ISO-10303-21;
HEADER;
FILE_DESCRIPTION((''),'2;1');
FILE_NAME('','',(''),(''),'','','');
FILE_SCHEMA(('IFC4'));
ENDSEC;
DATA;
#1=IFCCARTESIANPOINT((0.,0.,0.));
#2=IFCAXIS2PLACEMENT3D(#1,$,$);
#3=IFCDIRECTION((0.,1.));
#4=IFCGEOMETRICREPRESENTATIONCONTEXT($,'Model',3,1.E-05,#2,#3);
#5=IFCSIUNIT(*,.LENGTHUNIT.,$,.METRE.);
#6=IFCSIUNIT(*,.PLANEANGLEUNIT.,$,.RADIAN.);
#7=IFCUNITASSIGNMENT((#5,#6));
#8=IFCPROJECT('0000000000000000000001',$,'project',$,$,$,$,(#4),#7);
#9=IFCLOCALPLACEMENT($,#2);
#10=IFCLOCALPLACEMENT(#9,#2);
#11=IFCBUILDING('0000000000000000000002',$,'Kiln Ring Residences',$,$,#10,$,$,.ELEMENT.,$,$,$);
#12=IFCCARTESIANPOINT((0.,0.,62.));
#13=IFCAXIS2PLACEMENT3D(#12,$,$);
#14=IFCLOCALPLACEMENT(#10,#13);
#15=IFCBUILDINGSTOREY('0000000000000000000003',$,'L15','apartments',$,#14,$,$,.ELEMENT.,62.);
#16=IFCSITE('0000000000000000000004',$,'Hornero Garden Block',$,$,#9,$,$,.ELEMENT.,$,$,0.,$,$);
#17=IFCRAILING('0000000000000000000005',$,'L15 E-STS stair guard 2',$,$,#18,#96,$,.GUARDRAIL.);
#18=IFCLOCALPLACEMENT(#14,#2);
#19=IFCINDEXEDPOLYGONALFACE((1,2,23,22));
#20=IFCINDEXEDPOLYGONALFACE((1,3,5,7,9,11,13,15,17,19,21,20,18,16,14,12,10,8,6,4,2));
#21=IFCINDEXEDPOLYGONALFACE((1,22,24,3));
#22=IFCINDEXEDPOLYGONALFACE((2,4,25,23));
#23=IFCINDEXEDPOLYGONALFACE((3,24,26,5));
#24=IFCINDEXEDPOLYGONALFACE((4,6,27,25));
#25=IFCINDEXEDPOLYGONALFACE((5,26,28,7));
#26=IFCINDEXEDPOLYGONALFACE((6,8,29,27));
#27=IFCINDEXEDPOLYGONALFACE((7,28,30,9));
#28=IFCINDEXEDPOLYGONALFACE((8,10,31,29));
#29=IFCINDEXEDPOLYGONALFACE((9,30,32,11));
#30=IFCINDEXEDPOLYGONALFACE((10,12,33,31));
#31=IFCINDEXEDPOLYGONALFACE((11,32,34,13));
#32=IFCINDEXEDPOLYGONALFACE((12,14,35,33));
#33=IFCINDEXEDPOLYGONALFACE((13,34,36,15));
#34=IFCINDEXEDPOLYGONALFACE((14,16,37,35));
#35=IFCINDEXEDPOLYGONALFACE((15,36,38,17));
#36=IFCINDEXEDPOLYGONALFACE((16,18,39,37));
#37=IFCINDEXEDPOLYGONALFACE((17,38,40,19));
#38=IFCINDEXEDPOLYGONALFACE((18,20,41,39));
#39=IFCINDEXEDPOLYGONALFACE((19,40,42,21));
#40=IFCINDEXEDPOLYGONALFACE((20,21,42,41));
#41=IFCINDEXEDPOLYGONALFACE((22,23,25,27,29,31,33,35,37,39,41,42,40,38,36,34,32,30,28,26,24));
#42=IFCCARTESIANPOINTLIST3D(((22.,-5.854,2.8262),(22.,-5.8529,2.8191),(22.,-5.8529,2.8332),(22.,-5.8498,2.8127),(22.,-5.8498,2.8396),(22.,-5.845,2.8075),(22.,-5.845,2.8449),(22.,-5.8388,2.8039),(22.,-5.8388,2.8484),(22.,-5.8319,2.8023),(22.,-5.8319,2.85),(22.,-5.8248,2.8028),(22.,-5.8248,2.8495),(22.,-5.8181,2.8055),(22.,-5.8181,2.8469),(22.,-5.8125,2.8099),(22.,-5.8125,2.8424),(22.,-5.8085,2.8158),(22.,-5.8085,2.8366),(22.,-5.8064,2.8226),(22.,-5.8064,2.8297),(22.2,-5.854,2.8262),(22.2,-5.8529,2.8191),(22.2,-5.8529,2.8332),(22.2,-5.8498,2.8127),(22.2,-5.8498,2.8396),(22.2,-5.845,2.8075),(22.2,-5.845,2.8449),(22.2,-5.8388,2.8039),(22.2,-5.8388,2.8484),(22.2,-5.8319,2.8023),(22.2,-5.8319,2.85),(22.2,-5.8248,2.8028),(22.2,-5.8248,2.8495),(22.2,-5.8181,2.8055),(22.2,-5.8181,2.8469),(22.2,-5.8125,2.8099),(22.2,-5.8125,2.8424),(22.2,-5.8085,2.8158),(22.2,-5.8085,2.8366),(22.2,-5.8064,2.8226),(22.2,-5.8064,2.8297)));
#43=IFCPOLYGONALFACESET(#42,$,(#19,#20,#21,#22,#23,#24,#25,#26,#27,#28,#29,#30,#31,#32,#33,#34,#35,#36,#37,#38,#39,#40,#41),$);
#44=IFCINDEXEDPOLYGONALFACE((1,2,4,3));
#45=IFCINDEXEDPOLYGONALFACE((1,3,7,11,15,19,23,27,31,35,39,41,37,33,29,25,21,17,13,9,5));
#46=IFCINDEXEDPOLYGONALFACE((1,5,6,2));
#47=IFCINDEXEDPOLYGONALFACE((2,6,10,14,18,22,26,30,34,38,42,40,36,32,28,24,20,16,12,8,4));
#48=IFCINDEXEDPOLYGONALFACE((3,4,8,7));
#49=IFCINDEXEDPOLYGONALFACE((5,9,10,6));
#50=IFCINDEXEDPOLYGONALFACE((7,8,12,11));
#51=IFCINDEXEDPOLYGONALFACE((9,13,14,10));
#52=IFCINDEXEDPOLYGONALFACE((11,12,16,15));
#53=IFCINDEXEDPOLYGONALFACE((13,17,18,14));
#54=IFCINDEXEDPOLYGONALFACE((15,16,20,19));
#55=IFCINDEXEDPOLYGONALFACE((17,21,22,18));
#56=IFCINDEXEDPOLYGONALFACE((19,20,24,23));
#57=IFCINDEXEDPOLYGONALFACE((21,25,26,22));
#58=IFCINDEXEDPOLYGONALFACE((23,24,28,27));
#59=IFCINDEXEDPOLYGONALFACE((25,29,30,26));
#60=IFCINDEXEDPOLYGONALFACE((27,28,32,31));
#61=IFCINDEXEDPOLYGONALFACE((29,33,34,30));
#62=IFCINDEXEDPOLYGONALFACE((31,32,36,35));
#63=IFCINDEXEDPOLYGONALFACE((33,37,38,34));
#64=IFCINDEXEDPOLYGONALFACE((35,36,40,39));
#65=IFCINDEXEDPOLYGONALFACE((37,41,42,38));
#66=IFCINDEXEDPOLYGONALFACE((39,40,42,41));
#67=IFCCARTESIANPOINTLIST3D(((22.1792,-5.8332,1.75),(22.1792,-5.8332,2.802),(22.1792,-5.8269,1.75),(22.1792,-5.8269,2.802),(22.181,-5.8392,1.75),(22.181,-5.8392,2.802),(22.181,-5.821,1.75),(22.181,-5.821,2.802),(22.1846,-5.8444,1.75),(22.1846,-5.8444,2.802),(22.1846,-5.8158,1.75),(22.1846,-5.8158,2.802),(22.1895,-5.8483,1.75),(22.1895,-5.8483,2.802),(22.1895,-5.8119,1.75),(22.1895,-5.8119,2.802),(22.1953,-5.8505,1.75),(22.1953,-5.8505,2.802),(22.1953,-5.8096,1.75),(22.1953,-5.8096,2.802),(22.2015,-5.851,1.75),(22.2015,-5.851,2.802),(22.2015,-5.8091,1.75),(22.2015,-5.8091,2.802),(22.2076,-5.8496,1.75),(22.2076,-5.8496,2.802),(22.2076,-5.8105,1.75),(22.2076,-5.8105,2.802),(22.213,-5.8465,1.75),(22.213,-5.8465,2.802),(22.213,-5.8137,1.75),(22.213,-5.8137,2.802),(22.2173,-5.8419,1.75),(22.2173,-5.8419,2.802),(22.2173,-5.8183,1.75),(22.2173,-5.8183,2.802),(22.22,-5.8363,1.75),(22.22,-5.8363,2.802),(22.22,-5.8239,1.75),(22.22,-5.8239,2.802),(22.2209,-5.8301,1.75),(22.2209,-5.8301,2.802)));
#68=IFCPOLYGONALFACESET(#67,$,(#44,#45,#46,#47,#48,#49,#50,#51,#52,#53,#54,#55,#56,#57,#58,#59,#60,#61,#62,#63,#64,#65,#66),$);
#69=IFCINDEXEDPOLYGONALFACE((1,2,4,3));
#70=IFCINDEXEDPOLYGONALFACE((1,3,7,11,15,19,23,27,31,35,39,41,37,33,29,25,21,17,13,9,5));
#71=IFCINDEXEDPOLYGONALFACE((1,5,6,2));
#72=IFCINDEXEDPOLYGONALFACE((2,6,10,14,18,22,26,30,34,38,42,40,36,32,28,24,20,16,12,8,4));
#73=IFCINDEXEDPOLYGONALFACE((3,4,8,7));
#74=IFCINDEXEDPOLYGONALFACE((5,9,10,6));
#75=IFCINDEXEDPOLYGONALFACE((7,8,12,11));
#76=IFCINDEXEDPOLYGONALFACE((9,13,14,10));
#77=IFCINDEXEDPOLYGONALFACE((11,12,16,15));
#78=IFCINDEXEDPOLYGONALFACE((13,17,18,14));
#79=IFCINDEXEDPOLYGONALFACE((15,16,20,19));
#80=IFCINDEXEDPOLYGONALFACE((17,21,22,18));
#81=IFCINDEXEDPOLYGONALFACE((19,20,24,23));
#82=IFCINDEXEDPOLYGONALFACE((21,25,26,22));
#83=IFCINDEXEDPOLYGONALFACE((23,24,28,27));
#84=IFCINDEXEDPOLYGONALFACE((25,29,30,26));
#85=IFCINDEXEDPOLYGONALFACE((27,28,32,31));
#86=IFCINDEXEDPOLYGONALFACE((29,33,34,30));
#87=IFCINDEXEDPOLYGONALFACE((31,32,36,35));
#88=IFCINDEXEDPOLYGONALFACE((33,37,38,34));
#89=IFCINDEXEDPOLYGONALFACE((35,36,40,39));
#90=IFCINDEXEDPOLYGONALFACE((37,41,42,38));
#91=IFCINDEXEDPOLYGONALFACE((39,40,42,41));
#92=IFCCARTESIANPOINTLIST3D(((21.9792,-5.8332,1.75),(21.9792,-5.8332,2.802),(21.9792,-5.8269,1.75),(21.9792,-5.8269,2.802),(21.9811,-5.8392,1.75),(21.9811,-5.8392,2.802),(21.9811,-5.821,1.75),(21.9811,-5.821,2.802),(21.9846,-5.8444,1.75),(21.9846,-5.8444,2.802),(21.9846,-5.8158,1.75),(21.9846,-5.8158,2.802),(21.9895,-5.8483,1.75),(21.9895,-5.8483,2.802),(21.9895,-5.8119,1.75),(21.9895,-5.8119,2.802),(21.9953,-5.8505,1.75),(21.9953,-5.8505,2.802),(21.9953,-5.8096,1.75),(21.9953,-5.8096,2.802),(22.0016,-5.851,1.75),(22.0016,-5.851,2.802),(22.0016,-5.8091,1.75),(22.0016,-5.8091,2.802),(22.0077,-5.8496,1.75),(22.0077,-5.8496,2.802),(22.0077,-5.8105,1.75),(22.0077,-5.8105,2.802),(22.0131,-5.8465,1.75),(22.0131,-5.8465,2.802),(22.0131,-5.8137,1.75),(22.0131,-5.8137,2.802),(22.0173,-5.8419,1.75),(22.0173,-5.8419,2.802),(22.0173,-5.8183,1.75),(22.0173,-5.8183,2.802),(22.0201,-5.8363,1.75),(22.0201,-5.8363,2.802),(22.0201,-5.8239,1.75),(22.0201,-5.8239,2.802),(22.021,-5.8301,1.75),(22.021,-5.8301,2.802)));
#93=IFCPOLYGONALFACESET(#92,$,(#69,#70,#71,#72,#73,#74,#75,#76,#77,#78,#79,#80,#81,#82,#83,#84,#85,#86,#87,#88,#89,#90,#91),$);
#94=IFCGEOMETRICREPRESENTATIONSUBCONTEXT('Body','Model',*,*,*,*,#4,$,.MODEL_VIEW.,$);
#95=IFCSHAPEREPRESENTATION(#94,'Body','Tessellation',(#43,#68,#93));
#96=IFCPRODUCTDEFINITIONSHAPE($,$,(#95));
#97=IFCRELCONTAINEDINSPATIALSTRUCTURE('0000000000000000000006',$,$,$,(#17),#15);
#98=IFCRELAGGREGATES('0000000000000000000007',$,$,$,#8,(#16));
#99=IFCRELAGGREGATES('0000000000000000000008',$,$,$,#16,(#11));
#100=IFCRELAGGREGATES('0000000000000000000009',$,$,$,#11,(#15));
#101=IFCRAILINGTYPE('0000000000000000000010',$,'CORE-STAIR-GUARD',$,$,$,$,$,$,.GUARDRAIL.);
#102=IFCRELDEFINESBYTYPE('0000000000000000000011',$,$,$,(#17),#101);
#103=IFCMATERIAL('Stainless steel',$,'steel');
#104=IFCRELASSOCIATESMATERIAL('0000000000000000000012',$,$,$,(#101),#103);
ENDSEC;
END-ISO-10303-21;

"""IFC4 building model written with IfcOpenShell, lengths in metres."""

from ifc_helpers import new_model, si_unit, direction, frame, origin, origin_2d, place, context, subcontext, project, spatial, circle, extrude, material, type_object, element, save


model = new_model("IFC4")

# Units and contexts
model_context = context("Model", 3, precision=1e-05, world=origin(), true_north=direction((0.0, 1.0)))
body_context = subcontext(model_context, "Body", "Model", "MODEL_VIEW")
ifc_project = project(units=[si_unit("LENGTHUNIT", "METRE"), si_unit("PLANEANGLEUNIT", "RADIAN")], contexts=[model_context])

# Site, building, storey
site_placement = place(None, origin())
site = spatial("IfcSite", under=ifc_project, at=site_placement, Name="Hornero Garden Block", CompositionType="ELEMENT", RefElevation=0.0)
building_placement = place(site_placement, origin())
building = spatial("IfcBuilding", under=site, at=building_placement, Name="Kiln Ring Residences", CompositionType="ELEMENT")
storey_placement = place(building_placement, frame((0.0, 0.0, 62.0)))
storey = spatial("IfcBuildingStorey", under=building, at=storey_placement, Name="L15", Description="apartments", CompositionType="ELEMENT", Elevation=62.0)

# Railing
ifc_material_1 = material(Name="Stainless steel", Category="steel")
railing_type_1 = type_object("IfcRailingType", Name="CORE-STAIR-GUARD", PredefinedType="GUARDRAIL", material=ifc_material_1)
railing_1_placement = place(storey_placement, frame((22.2, -5.8301, 1.75)))
element("IfcRailing", 1, at=railing_1_placement, inside=storey, type_object=railing_type_1, Name="L15 E-STS stair guard 2", PredefinedType="GUARDRAIL", context=body_context, shape_type="SweptSolid", body=[
    extrude(circle(Radius=0.0239, at=origin_2d()), frame((0.0, 0.0, 1.0762), z_axis=(-1.0, 0.0, 0.0), x_axis=(0.0, -1.0, 0.0)), (0.0, 0.0, 1.0), 0.2),
    extrude(circle(Radius=0.021, at=origin_2d()), origin(), (0.0, 0.0, 1.0), 1.052),
    extrude(circle(Radius=0.021, at=origin_2d()), frame((-0.2, 0.0, 0.0)), (0.0, 0.0, 1.0), 1.052),
])

save(model, "model.ifc")
